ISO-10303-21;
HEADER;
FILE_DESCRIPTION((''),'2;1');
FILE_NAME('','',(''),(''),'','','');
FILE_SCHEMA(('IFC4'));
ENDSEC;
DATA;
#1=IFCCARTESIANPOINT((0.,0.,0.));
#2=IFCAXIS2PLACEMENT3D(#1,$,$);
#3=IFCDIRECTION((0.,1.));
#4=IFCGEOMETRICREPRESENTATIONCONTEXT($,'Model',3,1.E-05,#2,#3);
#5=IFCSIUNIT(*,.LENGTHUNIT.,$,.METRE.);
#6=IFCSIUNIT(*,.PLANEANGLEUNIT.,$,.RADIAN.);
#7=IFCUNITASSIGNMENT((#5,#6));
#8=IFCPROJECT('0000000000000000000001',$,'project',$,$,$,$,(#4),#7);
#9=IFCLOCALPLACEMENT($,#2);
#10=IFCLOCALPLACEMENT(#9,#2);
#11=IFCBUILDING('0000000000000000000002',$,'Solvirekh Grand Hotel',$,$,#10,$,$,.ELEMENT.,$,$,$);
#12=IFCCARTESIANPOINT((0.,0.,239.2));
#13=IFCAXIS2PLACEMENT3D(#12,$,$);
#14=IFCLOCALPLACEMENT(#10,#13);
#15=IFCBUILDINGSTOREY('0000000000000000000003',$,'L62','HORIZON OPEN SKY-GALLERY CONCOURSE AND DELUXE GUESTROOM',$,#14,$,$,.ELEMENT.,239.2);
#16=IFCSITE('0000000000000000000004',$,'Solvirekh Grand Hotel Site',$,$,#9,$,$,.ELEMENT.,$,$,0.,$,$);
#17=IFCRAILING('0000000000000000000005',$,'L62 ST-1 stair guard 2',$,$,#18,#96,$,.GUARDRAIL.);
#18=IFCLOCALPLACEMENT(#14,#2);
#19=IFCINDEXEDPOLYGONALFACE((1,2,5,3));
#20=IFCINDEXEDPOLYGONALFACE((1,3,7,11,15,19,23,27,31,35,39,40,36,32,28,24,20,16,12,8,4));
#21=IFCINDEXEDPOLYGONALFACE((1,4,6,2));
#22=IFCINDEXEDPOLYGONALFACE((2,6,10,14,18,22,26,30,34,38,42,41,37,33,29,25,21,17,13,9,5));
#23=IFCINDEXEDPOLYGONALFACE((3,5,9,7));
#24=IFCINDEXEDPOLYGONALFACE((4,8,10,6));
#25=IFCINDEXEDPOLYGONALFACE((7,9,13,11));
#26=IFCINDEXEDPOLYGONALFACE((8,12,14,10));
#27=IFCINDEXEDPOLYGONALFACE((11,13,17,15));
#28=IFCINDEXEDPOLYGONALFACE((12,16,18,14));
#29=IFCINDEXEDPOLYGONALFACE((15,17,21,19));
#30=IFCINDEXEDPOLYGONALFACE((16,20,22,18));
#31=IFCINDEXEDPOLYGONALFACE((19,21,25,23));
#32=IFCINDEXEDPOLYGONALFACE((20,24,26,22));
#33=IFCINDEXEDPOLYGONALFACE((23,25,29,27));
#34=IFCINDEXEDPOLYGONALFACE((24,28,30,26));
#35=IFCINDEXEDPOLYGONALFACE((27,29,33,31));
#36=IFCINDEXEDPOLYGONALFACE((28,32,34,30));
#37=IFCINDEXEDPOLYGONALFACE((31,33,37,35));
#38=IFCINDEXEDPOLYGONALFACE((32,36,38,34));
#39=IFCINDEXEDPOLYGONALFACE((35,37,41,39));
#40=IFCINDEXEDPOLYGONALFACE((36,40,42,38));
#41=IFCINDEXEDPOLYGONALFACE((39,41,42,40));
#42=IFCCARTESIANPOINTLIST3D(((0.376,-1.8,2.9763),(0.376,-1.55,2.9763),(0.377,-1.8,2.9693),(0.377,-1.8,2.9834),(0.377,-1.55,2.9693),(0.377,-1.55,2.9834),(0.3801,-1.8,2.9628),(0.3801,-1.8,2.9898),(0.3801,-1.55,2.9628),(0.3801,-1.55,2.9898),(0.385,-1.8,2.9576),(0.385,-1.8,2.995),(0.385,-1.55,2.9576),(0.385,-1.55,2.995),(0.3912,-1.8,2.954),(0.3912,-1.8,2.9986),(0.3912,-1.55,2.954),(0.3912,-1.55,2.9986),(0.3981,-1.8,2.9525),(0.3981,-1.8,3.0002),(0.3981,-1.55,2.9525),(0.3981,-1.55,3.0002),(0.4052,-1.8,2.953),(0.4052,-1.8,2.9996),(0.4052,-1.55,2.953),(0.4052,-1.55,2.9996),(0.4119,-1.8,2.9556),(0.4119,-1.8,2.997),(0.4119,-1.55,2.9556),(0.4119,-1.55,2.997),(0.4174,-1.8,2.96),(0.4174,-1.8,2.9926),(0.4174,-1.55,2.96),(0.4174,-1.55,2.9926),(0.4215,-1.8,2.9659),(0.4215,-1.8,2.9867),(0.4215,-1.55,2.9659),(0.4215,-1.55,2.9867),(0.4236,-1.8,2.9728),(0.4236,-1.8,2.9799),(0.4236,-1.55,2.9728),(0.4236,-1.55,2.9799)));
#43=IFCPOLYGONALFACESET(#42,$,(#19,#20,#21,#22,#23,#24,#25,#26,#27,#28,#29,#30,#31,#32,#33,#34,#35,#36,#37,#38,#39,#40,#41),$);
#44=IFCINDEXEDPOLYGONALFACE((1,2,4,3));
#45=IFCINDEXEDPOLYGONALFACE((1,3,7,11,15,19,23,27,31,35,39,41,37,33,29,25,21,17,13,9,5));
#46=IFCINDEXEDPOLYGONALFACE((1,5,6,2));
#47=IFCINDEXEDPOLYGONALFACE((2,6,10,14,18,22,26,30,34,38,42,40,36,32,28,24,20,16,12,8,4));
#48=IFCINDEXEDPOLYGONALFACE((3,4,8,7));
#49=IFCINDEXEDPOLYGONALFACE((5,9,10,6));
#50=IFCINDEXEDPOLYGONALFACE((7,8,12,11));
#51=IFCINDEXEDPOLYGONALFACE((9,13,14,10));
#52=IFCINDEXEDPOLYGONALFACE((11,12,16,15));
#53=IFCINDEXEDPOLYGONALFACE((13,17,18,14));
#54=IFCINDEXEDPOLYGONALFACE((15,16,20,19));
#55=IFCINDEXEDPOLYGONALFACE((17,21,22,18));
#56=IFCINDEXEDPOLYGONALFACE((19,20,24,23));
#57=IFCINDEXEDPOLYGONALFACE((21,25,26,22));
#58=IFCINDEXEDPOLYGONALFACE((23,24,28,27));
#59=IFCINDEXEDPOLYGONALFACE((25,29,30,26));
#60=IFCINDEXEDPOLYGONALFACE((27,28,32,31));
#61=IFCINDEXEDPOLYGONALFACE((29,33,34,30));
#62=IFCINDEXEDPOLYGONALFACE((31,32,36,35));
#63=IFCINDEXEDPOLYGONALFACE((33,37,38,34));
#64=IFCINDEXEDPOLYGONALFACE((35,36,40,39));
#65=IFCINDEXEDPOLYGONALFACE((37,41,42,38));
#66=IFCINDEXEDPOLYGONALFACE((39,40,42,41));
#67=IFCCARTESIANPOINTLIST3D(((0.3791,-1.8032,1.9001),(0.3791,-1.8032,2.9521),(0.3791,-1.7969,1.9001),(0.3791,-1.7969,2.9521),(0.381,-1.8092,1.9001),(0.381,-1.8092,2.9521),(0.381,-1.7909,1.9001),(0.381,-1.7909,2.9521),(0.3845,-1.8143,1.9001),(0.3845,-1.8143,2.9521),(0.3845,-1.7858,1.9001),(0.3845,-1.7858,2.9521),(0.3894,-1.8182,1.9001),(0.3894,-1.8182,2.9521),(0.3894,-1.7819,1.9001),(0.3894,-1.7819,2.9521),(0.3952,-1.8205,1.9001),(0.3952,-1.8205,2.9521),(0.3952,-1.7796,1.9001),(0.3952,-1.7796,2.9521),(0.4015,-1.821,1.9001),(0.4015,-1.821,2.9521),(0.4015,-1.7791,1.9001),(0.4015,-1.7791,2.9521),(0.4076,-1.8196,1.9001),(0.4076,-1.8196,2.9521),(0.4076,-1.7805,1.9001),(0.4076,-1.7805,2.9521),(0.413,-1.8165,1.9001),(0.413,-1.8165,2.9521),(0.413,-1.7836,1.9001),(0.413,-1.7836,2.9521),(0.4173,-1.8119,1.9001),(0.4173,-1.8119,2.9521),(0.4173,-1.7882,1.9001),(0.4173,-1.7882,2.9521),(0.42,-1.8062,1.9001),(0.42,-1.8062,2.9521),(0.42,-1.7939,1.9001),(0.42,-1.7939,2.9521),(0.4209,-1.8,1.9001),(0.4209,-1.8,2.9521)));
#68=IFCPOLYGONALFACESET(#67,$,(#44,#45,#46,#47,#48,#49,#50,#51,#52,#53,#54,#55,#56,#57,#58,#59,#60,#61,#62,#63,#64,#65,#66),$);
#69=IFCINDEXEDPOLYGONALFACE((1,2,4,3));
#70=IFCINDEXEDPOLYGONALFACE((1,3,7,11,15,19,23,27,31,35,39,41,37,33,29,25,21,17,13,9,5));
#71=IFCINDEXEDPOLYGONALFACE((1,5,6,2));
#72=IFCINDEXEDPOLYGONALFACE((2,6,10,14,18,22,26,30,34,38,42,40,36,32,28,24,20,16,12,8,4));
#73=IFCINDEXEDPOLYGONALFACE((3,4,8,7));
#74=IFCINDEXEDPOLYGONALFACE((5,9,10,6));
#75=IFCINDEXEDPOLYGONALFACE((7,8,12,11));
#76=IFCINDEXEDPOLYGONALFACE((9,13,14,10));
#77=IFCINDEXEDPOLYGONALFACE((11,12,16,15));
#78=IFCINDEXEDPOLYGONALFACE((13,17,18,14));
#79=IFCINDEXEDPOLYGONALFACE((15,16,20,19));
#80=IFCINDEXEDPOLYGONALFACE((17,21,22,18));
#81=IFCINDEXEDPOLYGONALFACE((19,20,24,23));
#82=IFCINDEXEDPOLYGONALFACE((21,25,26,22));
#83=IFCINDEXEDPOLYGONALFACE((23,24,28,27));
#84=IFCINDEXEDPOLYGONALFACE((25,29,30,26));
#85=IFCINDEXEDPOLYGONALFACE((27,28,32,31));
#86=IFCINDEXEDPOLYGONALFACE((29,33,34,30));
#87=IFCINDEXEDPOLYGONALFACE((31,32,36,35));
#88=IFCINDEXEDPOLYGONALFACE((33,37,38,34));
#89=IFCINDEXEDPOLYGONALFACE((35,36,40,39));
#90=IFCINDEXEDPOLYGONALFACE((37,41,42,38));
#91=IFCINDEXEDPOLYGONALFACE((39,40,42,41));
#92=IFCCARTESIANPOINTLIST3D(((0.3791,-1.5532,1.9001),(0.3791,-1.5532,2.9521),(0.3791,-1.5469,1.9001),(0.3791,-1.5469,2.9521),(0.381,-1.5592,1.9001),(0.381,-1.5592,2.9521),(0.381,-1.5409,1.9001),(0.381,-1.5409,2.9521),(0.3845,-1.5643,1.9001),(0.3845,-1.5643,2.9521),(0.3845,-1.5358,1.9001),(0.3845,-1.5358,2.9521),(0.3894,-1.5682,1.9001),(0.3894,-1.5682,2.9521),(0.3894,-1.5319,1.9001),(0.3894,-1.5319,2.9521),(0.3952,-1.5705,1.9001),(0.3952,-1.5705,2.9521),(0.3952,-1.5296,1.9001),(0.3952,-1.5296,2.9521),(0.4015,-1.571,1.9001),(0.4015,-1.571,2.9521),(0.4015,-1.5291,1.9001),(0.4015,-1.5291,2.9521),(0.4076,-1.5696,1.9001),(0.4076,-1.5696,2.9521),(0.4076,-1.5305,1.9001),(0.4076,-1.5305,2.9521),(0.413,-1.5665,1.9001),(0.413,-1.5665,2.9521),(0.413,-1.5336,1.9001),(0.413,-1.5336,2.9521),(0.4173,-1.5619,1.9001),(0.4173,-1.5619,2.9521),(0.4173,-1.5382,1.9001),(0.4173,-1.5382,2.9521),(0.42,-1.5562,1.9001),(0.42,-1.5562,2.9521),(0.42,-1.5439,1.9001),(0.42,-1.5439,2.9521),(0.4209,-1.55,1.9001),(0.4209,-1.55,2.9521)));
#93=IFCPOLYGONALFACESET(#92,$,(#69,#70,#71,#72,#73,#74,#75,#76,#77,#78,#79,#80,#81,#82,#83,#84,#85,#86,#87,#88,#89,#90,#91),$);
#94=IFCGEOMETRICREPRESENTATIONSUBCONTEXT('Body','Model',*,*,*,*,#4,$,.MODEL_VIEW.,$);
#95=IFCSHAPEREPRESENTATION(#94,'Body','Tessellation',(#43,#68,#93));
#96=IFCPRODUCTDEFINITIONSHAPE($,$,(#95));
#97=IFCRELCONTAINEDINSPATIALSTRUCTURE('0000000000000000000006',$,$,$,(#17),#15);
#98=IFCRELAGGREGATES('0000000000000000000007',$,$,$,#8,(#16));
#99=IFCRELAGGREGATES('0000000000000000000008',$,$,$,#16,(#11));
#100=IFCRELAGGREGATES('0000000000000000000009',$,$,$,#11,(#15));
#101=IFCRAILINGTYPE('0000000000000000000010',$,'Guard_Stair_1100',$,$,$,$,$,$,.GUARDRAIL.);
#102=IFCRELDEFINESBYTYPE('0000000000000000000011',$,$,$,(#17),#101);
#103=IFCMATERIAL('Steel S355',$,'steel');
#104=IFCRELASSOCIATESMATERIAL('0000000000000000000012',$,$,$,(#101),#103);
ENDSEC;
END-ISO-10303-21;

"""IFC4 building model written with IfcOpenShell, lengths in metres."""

from ifc_helpers import new_model, si_unit, direction, frame, origin, origin_2d, place, context, subcontext, project, spatial, circle, extrude, material, type_object, element, save


model = new_model("IFC4")

# Units and contexts
model_context = context("Model", 3, precision=1e-05, world=origin(), true_north=direction((0.0, 1.0)))
body_context = subcontext(model_context, "Body", "Model", "MODEL_VIEW")
ifc_project = project(units=[si_unit("LENGTHUNIT", "METRE"), si_unit("PLANEANGLEUNIT", "RADIAN")], contexts=[model_context])

# Site, building, storey
site_placement = place(None, origin())
site = spatial("IfcSite", under=ifc_project, at=site_placement, Name="Solvirekh Grand Hotel Site", CompositionType="ELEMENT", RefElevation=0.0)
building_placement = place(site_placement, origin())
building = spatial("IfcBuilding", under=site, at=building_placement, Name="Solvirekh Grand Hotel", CompositionType="ELEMENT")
storey_placement = place(building_placement, frame((0.0, 0.0, 239.2)))
storey = spatial("IfcBuildingStorey", under=building, at=storey_placement, Name="L62", Description="HORIZON OPEN SKY-GALLERY CONCOURSE AND DELUXE GUESTROOM", CompositionType="ELEMENT", Elevation=239.2)

# Shared definitions
ifc_material_1 = material(Name="Steel S355", Category="steel")

# Railing
railing_type_1 = type_object("IfcRailingType", Name="Guard_Stair_1100", PredefinedType="GUARDRAIL", material=ifc_material_1)
railing_1_placement = place(storey_placement, frame((0.3999, -1.8, 1.9001)))
element("IfcRailing", 1, at=railing_1_placement, inside=storey, type_object=railing_type_1, Name="L62 ST-1 stair guard 2", PredefinedType="GUARDRAIL", context=body_context, shape_type="SweptSolid", body=[
    extrude(circle(Radius=0.0239, at=origin_2d()), frame((0.0, 0.0, 1.0762), z_axis=(0.0, 1.0, 0.0), x_axis=(-1.0, 0.0, 0.0)), (0.0, 0.0, 1.0), 0.25),
    extrude(circle(Radius=0.021, at=origin_2d()), origin(), (0.0, 0.0, 1.0), 1.052),
    extrude(circle(Radius=0.021, at=origin_2d()), frame((0.0, 0.25, 0.0)), (0.0, 0.0, 1.0), 1.052),
])

save(model, "model.ifc")
